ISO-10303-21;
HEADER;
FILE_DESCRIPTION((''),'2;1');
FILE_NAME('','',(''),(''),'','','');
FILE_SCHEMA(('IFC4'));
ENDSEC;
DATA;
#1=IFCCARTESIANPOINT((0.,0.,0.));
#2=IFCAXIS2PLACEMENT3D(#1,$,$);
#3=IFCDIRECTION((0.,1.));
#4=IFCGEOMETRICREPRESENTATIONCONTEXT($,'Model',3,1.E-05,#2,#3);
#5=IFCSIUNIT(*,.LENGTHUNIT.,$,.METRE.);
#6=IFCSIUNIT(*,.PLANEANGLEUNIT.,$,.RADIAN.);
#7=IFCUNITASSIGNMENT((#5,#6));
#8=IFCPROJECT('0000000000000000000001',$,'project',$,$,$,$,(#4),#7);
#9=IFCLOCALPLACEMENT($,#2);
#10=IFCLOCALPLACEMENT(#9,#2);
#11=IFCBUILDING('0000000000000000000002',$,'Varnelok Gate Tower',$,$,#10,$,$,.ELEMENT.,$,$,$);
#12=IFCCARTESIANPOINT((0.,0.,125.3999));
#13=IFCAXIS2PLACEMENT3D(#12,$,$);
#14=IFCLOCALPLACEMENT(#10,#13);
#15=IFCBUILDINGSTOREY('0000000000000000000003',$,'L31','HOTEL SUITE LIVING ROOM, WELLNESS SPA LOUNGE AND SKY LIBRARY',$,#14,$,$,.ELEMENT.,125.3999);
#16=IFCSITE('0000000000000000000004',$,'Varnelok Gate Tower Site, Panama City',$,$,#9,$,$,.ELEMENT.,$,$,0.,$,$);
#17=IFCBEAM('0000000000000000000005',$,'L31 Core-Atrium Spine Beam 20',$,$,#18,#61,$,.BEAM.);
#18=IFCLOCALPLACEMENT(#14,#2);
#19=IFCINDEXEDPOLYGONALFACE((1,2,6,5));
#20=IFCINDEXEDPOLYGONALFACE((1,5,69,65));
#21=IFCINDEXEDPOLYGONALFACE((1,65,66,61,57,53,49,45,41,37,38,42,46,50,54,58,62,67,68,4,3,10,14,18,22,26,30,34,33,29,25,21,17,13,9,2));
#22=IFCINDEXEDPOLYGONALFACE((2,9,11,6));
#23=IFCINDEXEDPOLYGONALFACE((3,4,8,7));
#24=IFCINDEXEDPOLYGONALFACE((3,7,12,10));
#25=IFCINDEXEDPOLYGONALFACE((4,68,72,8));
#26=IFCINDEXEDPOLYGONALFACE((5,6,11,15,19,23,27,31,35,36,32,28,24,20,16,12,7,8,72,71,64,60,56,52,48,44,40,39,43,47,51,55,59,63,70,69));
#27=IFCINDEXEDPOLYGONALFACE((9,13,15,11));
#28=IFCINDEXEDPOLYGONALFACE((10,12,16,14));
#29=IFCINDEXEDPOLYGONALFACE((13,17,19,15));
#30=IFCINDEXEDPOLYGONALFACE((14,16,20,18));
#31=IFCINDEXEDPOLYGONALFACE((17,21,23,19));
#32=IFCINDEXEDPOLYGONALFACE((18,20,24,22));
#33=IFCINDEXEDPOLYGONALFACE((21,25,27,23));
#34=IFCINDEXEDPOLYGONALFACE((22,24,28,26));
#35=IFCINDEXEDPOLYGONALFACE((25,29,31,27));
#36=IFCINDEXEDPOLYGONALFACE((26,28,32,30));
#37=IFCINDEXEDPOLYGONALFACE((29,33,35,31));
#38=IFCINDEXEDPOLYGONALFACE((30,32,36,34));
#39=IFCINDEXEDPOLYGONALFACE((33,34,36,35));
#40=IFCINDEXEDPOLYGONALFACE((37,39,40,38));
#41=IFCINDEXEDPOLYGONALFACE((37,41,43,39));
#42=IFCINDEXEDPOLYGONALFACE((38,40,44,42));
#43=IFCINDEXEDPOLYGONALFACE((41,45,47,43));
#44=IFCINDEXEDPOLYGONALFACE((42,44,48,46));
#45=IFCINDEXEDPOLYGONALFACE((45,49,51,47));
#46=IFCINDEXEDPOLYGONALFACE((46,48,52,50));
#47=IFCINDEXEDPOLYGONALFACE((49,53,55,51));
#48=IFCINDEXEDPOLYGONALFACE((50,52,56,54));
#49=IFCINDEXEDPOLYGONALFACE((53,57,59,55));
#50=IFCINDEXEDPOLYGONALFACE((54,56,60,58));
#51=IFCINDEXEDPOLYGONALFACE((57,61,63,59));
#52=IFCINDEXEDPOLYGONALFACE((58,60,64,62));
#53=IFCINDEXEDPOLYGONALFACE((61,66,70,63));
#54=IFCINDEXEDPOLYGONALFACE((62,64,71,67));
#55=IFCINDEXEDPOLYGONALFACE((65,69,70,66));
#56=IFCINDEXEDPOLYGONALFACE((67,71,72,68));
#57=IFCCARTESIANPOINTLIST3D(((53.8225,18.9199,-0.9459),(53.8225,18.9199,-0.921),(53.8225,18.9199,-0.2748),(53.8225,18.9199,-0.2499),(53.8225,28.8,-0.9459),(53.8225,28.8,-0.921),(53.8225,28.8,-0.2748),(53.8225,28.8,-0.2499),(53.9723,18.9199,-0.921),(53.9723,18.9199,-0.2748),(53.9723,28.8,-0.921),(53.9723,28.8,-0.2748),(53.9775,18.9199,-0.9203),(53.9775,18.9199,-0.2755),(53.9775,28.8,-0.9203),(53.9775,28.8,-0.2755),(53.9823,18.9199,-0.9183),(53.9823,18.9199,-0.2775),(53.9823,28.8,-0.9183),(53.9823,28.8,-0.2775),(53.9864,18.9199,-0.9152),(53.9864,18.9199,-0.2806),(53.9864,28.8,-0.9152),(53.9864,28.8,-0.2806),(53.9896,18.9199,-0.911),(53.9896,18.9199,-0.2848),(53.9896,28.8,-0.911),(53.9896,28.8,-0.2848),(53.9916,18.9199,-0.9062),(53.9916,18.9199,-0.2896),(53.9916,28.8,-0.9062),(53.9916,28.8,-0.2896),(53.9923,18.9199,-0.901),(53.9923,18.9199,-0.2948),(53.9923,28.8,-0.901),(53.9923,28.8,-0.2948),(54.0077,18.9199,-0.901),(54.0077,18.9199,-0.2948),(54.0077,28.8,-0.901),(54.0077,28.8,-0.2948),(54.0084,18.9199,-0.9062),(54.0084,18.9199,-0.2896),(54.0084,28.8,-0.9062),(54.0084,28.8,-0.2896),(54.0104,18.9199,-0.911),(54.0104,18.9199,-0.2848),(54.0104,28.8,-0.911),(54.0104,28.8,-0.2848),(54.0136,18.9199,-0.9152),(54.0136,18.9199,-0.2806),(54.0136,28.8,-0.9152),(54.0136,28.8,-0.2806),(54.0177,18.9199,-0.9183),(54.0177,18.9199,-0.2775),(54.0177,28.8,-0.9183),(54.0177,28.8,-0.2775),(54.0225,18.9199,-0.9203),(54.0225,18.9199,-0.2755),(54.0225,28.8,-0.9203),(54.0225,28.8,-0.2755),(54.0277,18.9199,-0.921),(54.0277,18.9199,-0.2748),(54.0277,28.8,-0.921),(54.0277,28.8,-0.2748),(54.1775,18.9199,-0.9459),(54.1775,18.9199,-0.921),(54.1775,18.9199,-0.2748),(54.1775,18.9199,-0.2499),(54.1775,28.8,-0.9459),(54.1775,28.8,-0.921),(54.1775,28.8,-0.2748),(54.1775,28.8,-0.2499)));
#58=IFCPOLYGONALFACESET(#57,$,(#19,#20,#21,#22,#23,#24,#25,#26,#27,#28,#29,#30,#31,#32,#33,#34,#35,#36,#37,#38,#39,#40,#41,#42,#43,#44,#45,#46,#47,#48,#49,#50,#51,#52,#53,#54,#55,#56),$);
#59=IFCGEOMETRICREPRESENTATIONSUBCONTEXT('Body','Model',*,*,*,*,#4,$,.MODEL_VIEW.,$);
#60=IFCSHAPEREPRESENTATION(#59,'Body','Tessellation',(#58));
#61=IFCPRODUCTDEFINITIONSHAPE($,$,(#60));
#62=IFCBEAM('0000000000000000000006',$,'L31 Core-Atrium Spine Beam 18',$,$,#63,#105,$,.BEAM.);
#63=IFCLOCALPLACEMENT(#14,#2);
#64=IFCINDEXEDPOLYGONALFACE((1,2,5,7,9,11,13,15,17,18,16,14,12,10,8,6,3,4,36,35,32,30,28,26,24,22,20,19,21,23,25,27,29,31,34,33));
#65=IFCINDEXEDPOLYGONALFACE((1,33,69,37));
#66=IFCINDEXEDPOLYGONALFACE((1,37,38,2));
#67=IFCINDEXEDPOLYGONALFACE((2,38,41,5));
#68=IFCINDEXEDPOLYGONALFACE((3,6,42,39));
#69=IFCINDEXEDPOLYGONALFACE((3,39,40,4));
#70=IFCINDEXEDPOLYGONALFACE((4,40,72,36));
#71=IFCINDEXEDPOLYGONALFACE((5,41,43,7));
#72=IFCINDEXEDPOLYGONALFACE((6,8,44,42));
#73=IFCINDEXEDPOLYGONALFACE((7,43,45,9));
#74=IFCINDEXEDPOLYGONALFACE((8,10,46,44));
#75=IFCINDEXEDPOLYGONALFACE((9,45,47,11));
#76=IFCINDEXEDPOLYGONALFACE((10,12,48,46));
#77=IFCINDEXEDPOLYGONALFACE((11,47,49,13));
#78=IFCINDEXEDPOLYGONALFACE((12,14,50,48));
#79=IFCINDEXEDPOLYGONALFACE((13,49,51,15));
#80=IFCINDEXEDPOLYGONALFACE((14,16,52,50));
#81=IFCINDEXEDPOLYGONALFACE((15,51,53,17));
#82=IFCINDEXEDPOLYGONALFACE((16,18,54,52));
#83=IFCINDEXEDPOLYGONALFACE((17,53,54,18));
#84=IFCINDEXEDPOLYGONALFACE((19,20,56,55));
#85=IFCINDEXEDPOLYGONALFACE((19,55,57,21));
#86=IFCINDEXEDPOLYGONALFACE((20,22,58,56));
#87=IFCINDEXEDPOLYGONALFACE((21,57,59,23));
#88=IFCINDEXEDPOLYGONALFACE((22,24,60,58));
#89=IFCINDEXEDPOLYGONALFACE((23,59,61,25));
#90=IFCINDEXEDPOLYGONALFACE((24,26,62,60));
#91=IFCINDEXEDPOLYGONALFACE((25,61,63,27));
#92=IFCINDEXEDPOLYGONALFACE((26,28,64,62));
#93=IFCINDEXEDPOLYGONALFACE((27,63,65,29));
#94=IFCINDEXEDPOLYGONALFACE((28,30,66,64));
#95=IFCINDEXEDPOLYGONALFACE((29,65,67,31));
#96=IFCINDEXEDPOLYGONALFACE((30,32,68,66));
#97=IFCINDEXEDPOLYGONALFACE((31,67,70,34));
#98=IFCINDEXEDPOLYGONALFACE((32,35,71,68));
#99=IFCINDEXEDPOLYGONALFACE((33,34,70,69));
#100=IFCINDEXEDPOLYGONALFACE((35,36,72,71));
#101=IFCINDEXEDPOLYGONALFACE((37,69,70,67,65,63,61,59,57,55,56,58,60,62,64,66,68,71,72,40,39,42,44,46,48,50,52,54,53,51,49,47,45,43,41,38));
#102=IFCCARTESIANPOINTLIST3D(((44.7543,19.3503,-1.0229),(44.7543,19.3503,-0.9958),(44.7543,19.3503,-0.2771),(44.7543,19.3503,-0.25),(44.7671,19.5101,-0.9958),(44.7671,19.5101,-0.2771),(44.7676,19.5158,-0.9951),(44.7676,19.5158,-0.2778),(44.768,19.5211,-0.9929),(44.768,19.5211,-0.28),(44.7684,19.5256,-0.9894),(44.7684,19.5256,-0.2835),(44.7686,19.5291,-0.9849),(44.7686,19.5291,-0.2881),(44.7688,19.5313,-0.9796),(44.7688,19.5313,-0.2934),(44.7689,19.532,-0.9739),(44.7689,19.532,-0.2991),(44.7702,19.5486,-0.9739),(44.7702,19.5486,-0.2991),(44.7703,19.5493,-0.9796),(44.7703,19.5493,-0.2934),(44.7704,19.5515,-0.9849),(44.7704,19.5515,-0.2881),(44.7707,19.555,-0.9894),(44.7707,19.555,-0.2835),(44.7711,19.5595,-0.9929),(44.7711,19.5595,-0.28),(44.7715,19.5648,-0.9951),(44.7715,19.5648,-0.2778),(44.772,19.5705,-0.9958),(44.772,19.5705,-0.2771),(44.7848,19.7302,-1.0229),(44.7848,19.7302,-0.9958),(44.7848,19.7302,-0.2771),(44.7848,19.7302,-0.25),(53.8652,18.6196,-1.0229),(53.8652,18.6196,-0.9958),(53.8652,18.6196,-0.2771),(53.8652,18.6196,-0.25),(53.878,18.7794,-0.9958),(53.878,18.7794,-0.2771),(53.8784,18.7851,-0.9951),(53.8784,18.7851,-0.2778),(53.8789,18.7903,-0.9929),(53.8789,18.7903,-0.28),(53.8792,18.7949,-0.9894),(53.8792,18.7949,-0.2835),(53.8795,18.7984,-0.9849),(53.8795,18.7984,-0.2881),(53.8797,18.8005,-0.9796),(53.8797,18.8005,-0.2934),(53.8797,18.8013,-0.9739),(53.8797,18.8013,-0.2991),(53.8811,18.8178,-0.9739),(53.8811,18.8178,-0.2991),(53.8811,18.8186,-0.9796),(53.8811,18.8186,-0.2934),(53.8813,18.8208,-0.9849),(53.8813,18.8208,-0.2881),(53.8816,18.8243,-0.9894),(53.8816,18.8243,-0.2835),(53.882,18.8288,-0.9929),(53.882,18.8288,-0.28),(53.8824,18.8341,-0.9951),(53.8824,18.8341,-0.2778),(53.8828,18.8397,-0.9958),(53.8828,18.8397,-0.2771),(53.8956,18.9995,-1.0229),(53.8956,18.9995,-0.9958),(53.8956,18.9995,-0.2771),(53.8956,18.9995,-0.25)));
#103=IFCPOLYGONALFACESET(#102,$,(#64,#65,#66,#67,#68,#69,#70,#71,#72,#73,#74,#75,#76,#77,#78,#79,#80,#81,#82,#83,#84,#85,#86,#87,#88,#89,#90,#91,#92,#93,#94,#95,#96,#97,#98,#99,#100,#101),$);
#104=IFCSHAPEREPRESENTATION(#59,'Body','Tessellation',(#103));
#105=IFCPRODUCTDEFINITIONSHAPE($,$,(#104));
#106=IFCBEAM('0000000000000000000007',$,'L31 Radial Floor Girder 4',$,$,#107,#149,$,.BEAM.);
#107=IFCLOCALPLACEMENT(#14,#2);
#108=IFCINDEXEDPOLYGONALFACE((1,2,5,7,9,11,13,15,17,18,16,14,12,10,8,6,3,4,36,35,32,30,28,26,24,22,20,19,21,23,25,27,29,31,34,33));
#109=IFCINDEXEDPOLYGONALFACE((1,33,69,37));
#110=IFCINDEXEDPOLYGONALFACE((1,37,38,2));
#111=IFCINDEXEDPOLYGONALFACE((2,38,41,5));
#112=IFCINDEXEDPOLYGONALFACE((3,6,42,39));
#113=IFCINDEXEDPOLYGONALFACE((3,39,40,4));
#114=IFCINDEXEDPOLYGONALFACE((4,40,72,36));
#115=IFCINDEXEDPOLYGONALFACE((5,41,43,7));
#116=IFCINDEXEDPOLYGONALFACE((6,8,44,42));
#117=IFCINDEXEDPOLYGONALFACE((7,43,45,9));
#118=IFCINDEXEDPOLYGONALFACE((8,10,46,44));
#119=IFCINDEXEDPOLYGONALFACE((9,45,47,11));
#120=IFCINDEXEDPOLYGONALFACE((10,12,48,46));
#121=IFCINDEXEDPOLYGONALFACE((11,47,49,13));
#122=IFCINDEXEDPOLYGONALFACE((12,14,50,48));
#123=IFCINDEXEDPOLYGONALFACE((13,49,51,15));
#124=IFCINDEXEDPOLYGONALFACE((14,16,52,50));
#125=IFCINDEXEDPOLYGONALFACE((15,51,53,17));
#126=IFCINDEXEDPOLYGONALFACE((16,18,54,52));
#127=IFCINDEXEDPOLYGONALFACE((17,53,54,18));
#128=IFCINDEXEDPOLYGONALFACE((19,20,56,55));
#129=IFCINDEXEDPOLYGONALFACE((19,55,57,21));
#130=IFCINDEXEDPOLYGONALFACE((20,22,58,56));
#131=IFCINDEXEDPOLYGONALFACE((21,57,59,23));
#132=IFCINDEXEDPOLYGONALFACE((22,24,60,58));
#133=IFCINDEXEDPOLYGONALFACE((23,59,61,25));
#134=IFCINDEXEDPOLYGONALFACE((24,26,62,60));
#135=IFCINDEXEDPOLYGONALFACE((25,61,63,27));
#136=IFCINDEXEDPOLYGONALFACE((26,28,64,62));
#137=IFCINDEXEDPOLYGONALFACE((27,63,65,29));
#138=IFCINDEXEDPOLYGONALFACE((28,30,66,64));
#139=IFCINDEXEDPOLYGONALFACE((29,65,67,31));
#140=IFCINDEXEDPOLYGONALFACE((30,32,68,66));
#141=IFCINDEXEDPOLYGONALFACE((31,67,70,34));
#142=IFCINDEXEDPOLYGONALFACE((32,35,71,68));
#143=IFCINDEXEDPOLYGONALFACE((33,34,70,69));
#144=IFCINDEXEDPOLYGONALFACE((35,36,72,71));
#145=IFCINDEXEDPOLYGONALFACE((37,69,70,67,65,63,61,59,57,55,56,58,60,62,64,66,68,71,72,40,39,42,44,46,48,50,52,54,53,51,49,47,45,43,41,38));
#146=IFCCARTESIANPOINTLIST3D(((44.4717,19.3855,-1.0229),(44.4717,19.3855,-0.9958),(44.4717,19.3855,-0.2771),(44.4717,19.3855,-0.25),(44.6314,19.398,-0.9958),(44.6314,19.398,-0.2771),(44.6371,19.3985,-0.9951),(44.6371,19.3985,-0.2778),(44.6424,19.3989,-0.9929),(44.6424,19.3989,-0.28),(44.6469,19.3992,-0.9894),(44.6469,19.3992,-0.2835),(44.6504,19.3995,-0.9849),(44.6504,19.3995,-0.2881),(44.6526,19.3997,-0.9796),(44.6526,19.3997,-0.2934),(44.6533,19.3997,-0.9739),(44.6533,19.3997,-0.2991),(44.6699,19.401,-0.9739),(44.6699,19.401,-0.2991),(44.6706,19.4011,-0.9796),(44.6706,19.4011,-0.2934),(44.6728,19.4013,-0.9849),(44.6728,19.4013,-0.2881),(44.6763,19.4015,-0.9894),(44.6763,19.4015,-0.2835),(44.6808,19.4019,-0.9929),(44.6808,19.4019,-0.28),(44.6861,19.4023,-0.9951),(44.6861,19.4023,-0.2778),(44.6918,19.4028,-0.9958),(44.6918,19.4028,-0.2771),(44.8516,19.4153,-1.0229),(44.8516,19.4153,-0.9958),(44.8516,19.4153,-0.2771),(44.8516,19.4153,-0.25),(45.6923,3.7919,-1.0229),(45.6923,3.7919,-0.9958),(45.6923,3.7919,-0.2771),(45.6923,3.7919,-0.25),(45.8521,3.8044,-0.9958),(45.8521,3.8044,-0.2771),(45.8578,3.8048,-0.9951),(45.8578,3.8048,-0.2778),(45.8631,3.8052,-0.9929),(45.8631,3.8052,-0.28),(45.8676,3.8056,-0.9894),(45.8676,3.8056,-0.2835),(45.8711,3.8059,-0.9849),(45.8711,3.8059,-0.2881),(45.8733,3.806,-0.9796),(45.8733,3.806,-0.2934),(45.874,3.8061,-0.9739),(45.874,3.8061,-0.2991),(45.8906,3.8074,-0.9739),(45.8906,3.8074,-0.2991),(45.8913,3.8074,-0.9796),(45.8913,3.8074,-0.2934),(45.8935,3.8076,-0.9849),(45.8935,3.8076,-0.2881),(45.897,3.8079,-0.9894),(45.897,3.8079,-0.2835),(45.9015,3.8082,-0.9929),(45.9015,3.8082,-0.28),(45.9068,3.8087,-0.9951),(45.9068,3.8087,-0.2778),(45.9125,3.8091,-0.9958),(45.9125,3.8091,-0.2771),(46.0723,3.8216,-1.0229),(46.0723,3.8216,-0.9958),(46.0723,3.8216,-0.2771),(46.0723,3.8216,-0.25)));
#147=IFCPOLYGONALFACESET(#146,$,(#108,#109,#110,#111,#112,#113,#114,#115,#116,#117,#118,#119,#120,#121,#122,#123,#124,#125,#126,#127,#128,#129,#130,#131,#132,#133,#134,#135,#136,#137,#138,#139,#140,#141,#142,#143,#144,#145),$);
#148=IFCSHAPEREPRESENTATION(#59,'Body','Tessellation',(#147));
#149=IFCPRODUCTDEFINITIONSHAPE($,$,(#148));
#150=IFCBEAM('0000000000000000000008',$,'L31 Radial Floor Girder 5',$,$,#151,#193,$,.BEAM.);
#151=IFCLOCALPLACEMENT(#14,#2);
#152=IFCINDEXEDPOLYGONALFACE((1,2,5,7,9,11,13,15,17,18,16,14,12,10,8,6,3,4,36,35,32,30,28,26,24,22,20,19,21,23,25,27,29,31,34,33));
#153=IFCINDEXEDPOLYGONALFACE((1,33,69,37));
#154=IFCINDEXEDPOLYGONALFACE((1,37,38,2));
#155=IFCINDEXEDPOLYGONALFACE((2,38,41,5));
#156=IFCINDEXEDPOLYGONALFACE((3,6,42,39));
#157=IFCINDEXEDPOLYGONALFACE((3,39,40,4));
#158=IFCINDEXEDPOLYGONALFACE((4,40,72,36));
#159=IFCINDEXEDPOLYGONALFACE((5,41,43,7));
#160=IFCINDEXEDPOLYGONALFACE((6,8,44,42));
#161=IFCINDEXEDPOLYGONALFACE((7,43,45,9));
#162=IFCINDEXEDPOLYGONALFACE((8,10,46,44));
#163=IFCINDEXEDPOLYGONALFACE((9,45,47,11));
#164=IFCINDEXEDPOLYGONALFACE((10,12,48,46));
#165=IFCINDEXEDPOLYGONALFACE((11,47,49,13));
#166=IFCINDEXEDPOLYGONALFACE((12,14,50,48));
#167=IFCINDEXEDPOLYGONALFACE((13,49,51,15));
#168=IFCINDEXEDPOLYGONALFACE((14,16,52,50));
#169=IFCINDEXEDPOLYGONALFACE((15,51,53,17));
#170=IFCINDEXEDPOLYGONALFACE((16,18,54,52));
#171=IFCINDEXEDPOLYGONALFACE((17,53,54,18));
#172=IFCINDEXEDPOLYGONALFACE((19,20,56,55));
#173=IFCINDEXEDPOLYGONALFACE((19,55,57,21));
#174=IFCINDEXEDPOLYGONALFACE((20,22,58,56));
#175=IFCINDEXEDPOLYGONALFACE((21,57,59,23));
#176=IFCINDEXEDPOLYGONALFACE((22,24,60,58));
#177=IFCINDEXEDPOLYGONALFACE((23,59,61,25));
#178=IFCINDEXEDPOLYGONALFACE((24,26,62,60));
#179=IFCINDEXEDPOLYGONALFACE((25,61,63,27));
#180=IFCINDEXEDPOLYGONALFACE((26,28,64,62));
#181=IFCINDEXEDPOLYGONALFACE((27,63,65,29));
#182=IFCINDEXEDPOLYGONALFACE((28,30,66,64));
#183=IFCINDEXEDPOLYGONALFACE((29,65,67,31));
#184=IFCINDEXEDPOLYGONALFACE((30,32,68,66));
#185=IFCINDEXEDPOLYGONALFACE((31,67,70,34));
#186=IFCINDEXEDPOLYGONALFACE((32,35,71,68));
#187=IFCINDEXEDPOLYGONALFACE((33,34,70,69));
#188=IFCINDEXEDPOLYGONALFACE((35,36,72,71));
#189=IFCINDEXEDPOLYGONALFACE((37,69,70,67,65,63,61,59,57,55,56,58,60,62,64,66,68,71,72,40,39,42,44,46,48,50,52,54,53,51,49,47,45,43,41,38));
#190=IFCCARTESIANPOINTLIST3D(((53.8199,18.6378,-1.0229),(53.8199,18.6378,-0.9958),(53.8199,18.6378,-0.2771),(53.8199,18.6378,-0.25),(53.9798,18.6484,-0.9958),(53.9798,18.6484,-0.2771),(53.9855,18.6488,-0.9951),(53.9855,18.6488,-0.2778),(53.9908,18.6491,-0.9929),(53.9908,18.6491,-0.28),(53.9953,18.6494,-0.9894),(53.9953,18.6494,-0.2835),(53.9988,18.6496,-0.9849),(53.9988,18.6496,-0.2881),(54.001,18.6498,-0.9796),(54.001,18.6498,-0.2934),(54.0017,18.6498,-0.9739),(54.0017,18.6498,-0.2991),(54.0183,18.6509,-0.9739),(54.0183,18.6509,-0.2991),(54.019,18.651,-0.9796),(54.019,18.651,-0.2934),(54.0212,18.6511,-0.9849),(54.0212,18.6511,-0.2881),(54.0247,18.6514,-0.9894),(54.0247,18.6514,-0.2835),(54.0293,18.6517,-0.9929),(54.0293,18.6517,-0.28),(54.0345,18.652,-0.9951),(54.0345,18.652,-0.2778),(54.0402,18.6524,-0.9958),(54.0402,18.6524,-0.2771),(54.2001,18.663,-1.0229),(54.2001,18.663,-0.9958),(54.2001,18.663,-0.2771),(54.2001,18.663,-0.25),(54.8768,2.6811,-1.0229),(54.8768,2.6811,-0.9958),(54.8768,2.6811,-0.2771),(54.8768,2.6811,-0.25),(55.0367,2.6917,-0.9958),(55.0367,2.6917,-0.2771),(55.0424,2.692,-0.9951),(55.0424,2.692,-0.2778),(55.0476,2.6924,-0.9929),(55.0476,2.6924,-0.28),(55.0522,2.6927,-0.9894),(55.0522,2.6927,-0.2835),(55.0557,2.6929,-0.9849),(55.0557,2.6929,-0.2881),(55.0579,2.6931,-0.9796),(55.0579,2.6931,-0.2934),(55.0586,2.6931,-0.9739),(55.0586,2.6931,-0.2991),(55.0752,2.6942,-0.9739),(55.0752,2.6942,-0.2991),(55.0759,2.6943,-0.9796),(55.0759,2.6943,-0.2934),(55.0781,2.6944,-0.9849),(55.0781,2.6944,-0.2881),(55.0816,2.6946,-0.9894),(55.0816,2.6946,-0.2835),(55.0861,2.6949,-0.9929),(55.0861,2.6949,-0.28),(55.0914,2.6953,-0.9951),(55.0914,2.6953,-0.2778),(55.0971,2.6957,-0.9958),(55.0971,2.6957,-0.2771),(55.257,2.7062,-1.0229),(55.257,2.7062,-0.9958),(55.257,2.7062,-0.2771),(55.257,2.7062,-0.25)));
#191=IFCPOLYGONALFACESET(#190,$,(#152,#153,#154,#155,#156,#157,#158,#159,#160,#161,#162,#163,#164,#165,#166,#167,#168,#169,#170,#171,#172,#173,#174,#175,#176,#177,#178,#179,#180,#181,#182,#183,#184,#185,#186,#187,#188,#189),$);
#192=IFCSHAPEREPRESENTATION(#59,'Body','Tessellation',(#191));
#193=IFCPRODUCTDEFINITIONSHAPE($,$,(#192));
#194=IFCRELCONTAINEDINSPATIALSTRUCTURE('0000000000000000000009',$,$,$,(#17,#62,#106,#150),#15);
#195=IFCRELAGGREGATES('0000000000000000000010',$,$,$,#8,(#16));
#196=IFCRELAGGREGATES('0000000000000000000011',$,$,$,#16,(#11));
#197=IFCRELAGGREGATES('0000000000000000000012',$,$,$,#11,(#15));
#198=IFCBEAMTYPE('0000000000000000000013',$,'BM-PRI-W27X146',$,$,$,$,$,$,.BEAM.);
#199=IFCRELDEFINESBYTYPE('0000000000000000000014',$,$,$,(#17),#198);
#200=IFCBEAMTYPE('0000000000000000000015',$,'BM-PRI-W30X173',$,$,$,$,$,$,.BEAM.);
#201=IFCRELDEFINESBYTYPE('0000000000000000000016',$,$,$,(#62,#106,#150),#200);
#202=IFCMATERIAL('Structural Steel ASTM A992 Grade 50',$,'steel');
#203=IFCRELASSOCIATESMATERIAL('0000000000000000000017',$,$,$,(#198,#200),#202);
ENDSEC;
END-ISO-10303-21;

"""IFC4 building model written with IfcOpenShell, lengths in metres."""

from ifc_helpers import new_model, si_unit, direction, frame, origin, origin_2d, place, context, subcontext, project, spatial, i_section, extrude, material, material_profile, profile_set, type_object, element, save


model = new_model("IFC4")

# Units and contexts
model_context = context("Model", 3, precision=1e-05, world=origin(), true_north=direction((0.0, 1.0)))
body_context = subcontext(model_context, "Body", "Model", "MODEL_VIEW")
ifc_project = project(units=[si_unit("LENGTHUNIT", "METRE"), si_unit("PLANEANGLEUNIT", "RADIAN")], contexts=[model_context])

# Site, building, storey
site_placement = place(None, origin())
site = spatial("IfcSite", under=ifc_project, at=site_placement, Name="Varnelok Gate Tower Site, Panama City", CompositionType="ELEMENT", RefElevation=0.0)
building_placement = place(site_placement, origin())
building = spatial("IfcBuilding", under=site, at=building_placement, Name="Varnelok Gate Tower", CompositionType="ELEMENT")
storey_placement = place(building_placement, frame((0.0, 0.0, 125.3999)))
storey = spatial("IfcBuildingStorey", under=building, at=storey_placement, Name="L31", Description="HOTEL SUITE LIVING ROOM, WELLNESS SPA LOUNGE AND SKY LIBRARY", CompositionType="ELEMENT", Elevation=125.3999)

# Shared definitions
ifc_material_1 = material(Name="Structural Steel ASTM A992 Grade 50", Category="steel")

# Beams
ifc_material_profile_1 = material_profile(ifc_material_1, i_section(OverallWidth=0.355, OverallDepth=0.696, WebThickness=0.0154, FlangeThickness=0.0249, FilletRadius=0.02, at=origin_2d()), Name="W27X146")
ifc_profile_set_1 = profile_set([ifc_material_profile_1], Name="Structural Steel ASTM A992 Grade 50")
beam_type_1 = type_object("IfcBeamType", Name="BM-PRI-W27X146", PredefinedType="BEAM", material=ifc_profile_set_1)
beam_1_placement = place(storey_placement, frame((54.0, 18.9199, -0.5979), z_axis=(0.0, 1.0, 0.0), x_axis=(-1.0, 0.0, 0.0)))
element("IfcBeam", 1, at=beam_1_placement, inside=storey, type_object=beam_type_1, Name="L31 Core-Atrium Spine Beam 20", PredefinedType="BEAM", context=body_context, shape_type="SweptSolid", body=[
    extrude(i_section(OverallWidth=0.355, OverallDepth=0.696, WebThickness=0.0154, FlangeThickness=0.0249, FilletRadius=0.02, at=origin_2d()), origin(), (0.0, 0.0, 1.0), 9.8801),
])
ifc_material_profile_2 = material_profile(ifc_material_1, i_section(OverallWidth=0.3811, OverallDepth=0.7729, WebThickness=0.0166, FlangeThickness=0.0271, FilletRadius=0.022, at=origin_2d()), Name="W30X173")
ifc_profile_set_2 = profile_set([ifc_material_profile_2], Name="Structural Steel ASTM A992 Grade 50")
beam_type_2 = type_object("IfcBeamType", Name="BM-PRI-W30X173", PredefinedType="BEAM", material=ifc_profile_set_2)
beam_2_placement = place(storey_placement, frame((44.7695, 19.5403, -0.6365), z_axis=(0.996799, -0.079946, 0.0), x_axis=(0.079946, 0.996799, 0.0)))
element("IfcBeam", 2, at=beam_2_placement, inside=storey, type_object=beam_type_2, Name="L31 Core-Atrium Spine Beam 18", PredefinedType="BEAM", context=body_context, shape_type="SweptSolid", body=[
    extrude(i_section(OverallWidth=0.3811, OverallDepth=0.7729, WebThickness=0.0166, FlangeThickness=0.0271, FilletRadius=0.022, at=origin_2d()), origin(), (0.0, 0.0, 1.0), 9.1401),
])
beam_3_placement = place(storey_placement, frame((44.6616, 19.4004, -0.6365), z_axis=(0.078043, -0.99695, 0.0), x_axis=(0.99695, 0.078043, 0.0)))
element("IfcBeam", 3, at=beam_3_placement, inside=storey, type_object=beam_type_2, Name="L31 Radial Floor Girder 4", PredefinedType="BEAM", context=body_context, shape_type="SweptSolid", body=[
    extrude(i_section(OverallWidth=0.3811, OverallDepth=0.7729, WebThickness=0.0166, FlangeThickness=0.0271, FilletRadius=0.022, at=origin_2d()), origin(), (0.0, 0.0, 1.0), 15.6414),
])
beam_4_placement = place(storey_placement, frame((54.01, 18.6504, -0.6365), z_axis=(0.066089, -0.997814, 0.0), x_axis=(0.997814, 0.066089, 0.0)))
element("IfcBeam", 4, at=beam_4_placement, inside=storey, type_object=beam_type_2, Name="L31 Radial Floor Girder 5", PredefinedType="BEAM", context=body_context, shape_type="SweptSolid", body=[
    extrude(i_section(OverallWidth=0.3811, OverallDepth=0.7729, WebThickness=0.0166, FlangeThickness=0.0271, FilletRadius=0.022, at=origin_2d()), origin(), (0.0, 0.0, 1.0), 15.9917),
])

save(model, "model.ifc")
